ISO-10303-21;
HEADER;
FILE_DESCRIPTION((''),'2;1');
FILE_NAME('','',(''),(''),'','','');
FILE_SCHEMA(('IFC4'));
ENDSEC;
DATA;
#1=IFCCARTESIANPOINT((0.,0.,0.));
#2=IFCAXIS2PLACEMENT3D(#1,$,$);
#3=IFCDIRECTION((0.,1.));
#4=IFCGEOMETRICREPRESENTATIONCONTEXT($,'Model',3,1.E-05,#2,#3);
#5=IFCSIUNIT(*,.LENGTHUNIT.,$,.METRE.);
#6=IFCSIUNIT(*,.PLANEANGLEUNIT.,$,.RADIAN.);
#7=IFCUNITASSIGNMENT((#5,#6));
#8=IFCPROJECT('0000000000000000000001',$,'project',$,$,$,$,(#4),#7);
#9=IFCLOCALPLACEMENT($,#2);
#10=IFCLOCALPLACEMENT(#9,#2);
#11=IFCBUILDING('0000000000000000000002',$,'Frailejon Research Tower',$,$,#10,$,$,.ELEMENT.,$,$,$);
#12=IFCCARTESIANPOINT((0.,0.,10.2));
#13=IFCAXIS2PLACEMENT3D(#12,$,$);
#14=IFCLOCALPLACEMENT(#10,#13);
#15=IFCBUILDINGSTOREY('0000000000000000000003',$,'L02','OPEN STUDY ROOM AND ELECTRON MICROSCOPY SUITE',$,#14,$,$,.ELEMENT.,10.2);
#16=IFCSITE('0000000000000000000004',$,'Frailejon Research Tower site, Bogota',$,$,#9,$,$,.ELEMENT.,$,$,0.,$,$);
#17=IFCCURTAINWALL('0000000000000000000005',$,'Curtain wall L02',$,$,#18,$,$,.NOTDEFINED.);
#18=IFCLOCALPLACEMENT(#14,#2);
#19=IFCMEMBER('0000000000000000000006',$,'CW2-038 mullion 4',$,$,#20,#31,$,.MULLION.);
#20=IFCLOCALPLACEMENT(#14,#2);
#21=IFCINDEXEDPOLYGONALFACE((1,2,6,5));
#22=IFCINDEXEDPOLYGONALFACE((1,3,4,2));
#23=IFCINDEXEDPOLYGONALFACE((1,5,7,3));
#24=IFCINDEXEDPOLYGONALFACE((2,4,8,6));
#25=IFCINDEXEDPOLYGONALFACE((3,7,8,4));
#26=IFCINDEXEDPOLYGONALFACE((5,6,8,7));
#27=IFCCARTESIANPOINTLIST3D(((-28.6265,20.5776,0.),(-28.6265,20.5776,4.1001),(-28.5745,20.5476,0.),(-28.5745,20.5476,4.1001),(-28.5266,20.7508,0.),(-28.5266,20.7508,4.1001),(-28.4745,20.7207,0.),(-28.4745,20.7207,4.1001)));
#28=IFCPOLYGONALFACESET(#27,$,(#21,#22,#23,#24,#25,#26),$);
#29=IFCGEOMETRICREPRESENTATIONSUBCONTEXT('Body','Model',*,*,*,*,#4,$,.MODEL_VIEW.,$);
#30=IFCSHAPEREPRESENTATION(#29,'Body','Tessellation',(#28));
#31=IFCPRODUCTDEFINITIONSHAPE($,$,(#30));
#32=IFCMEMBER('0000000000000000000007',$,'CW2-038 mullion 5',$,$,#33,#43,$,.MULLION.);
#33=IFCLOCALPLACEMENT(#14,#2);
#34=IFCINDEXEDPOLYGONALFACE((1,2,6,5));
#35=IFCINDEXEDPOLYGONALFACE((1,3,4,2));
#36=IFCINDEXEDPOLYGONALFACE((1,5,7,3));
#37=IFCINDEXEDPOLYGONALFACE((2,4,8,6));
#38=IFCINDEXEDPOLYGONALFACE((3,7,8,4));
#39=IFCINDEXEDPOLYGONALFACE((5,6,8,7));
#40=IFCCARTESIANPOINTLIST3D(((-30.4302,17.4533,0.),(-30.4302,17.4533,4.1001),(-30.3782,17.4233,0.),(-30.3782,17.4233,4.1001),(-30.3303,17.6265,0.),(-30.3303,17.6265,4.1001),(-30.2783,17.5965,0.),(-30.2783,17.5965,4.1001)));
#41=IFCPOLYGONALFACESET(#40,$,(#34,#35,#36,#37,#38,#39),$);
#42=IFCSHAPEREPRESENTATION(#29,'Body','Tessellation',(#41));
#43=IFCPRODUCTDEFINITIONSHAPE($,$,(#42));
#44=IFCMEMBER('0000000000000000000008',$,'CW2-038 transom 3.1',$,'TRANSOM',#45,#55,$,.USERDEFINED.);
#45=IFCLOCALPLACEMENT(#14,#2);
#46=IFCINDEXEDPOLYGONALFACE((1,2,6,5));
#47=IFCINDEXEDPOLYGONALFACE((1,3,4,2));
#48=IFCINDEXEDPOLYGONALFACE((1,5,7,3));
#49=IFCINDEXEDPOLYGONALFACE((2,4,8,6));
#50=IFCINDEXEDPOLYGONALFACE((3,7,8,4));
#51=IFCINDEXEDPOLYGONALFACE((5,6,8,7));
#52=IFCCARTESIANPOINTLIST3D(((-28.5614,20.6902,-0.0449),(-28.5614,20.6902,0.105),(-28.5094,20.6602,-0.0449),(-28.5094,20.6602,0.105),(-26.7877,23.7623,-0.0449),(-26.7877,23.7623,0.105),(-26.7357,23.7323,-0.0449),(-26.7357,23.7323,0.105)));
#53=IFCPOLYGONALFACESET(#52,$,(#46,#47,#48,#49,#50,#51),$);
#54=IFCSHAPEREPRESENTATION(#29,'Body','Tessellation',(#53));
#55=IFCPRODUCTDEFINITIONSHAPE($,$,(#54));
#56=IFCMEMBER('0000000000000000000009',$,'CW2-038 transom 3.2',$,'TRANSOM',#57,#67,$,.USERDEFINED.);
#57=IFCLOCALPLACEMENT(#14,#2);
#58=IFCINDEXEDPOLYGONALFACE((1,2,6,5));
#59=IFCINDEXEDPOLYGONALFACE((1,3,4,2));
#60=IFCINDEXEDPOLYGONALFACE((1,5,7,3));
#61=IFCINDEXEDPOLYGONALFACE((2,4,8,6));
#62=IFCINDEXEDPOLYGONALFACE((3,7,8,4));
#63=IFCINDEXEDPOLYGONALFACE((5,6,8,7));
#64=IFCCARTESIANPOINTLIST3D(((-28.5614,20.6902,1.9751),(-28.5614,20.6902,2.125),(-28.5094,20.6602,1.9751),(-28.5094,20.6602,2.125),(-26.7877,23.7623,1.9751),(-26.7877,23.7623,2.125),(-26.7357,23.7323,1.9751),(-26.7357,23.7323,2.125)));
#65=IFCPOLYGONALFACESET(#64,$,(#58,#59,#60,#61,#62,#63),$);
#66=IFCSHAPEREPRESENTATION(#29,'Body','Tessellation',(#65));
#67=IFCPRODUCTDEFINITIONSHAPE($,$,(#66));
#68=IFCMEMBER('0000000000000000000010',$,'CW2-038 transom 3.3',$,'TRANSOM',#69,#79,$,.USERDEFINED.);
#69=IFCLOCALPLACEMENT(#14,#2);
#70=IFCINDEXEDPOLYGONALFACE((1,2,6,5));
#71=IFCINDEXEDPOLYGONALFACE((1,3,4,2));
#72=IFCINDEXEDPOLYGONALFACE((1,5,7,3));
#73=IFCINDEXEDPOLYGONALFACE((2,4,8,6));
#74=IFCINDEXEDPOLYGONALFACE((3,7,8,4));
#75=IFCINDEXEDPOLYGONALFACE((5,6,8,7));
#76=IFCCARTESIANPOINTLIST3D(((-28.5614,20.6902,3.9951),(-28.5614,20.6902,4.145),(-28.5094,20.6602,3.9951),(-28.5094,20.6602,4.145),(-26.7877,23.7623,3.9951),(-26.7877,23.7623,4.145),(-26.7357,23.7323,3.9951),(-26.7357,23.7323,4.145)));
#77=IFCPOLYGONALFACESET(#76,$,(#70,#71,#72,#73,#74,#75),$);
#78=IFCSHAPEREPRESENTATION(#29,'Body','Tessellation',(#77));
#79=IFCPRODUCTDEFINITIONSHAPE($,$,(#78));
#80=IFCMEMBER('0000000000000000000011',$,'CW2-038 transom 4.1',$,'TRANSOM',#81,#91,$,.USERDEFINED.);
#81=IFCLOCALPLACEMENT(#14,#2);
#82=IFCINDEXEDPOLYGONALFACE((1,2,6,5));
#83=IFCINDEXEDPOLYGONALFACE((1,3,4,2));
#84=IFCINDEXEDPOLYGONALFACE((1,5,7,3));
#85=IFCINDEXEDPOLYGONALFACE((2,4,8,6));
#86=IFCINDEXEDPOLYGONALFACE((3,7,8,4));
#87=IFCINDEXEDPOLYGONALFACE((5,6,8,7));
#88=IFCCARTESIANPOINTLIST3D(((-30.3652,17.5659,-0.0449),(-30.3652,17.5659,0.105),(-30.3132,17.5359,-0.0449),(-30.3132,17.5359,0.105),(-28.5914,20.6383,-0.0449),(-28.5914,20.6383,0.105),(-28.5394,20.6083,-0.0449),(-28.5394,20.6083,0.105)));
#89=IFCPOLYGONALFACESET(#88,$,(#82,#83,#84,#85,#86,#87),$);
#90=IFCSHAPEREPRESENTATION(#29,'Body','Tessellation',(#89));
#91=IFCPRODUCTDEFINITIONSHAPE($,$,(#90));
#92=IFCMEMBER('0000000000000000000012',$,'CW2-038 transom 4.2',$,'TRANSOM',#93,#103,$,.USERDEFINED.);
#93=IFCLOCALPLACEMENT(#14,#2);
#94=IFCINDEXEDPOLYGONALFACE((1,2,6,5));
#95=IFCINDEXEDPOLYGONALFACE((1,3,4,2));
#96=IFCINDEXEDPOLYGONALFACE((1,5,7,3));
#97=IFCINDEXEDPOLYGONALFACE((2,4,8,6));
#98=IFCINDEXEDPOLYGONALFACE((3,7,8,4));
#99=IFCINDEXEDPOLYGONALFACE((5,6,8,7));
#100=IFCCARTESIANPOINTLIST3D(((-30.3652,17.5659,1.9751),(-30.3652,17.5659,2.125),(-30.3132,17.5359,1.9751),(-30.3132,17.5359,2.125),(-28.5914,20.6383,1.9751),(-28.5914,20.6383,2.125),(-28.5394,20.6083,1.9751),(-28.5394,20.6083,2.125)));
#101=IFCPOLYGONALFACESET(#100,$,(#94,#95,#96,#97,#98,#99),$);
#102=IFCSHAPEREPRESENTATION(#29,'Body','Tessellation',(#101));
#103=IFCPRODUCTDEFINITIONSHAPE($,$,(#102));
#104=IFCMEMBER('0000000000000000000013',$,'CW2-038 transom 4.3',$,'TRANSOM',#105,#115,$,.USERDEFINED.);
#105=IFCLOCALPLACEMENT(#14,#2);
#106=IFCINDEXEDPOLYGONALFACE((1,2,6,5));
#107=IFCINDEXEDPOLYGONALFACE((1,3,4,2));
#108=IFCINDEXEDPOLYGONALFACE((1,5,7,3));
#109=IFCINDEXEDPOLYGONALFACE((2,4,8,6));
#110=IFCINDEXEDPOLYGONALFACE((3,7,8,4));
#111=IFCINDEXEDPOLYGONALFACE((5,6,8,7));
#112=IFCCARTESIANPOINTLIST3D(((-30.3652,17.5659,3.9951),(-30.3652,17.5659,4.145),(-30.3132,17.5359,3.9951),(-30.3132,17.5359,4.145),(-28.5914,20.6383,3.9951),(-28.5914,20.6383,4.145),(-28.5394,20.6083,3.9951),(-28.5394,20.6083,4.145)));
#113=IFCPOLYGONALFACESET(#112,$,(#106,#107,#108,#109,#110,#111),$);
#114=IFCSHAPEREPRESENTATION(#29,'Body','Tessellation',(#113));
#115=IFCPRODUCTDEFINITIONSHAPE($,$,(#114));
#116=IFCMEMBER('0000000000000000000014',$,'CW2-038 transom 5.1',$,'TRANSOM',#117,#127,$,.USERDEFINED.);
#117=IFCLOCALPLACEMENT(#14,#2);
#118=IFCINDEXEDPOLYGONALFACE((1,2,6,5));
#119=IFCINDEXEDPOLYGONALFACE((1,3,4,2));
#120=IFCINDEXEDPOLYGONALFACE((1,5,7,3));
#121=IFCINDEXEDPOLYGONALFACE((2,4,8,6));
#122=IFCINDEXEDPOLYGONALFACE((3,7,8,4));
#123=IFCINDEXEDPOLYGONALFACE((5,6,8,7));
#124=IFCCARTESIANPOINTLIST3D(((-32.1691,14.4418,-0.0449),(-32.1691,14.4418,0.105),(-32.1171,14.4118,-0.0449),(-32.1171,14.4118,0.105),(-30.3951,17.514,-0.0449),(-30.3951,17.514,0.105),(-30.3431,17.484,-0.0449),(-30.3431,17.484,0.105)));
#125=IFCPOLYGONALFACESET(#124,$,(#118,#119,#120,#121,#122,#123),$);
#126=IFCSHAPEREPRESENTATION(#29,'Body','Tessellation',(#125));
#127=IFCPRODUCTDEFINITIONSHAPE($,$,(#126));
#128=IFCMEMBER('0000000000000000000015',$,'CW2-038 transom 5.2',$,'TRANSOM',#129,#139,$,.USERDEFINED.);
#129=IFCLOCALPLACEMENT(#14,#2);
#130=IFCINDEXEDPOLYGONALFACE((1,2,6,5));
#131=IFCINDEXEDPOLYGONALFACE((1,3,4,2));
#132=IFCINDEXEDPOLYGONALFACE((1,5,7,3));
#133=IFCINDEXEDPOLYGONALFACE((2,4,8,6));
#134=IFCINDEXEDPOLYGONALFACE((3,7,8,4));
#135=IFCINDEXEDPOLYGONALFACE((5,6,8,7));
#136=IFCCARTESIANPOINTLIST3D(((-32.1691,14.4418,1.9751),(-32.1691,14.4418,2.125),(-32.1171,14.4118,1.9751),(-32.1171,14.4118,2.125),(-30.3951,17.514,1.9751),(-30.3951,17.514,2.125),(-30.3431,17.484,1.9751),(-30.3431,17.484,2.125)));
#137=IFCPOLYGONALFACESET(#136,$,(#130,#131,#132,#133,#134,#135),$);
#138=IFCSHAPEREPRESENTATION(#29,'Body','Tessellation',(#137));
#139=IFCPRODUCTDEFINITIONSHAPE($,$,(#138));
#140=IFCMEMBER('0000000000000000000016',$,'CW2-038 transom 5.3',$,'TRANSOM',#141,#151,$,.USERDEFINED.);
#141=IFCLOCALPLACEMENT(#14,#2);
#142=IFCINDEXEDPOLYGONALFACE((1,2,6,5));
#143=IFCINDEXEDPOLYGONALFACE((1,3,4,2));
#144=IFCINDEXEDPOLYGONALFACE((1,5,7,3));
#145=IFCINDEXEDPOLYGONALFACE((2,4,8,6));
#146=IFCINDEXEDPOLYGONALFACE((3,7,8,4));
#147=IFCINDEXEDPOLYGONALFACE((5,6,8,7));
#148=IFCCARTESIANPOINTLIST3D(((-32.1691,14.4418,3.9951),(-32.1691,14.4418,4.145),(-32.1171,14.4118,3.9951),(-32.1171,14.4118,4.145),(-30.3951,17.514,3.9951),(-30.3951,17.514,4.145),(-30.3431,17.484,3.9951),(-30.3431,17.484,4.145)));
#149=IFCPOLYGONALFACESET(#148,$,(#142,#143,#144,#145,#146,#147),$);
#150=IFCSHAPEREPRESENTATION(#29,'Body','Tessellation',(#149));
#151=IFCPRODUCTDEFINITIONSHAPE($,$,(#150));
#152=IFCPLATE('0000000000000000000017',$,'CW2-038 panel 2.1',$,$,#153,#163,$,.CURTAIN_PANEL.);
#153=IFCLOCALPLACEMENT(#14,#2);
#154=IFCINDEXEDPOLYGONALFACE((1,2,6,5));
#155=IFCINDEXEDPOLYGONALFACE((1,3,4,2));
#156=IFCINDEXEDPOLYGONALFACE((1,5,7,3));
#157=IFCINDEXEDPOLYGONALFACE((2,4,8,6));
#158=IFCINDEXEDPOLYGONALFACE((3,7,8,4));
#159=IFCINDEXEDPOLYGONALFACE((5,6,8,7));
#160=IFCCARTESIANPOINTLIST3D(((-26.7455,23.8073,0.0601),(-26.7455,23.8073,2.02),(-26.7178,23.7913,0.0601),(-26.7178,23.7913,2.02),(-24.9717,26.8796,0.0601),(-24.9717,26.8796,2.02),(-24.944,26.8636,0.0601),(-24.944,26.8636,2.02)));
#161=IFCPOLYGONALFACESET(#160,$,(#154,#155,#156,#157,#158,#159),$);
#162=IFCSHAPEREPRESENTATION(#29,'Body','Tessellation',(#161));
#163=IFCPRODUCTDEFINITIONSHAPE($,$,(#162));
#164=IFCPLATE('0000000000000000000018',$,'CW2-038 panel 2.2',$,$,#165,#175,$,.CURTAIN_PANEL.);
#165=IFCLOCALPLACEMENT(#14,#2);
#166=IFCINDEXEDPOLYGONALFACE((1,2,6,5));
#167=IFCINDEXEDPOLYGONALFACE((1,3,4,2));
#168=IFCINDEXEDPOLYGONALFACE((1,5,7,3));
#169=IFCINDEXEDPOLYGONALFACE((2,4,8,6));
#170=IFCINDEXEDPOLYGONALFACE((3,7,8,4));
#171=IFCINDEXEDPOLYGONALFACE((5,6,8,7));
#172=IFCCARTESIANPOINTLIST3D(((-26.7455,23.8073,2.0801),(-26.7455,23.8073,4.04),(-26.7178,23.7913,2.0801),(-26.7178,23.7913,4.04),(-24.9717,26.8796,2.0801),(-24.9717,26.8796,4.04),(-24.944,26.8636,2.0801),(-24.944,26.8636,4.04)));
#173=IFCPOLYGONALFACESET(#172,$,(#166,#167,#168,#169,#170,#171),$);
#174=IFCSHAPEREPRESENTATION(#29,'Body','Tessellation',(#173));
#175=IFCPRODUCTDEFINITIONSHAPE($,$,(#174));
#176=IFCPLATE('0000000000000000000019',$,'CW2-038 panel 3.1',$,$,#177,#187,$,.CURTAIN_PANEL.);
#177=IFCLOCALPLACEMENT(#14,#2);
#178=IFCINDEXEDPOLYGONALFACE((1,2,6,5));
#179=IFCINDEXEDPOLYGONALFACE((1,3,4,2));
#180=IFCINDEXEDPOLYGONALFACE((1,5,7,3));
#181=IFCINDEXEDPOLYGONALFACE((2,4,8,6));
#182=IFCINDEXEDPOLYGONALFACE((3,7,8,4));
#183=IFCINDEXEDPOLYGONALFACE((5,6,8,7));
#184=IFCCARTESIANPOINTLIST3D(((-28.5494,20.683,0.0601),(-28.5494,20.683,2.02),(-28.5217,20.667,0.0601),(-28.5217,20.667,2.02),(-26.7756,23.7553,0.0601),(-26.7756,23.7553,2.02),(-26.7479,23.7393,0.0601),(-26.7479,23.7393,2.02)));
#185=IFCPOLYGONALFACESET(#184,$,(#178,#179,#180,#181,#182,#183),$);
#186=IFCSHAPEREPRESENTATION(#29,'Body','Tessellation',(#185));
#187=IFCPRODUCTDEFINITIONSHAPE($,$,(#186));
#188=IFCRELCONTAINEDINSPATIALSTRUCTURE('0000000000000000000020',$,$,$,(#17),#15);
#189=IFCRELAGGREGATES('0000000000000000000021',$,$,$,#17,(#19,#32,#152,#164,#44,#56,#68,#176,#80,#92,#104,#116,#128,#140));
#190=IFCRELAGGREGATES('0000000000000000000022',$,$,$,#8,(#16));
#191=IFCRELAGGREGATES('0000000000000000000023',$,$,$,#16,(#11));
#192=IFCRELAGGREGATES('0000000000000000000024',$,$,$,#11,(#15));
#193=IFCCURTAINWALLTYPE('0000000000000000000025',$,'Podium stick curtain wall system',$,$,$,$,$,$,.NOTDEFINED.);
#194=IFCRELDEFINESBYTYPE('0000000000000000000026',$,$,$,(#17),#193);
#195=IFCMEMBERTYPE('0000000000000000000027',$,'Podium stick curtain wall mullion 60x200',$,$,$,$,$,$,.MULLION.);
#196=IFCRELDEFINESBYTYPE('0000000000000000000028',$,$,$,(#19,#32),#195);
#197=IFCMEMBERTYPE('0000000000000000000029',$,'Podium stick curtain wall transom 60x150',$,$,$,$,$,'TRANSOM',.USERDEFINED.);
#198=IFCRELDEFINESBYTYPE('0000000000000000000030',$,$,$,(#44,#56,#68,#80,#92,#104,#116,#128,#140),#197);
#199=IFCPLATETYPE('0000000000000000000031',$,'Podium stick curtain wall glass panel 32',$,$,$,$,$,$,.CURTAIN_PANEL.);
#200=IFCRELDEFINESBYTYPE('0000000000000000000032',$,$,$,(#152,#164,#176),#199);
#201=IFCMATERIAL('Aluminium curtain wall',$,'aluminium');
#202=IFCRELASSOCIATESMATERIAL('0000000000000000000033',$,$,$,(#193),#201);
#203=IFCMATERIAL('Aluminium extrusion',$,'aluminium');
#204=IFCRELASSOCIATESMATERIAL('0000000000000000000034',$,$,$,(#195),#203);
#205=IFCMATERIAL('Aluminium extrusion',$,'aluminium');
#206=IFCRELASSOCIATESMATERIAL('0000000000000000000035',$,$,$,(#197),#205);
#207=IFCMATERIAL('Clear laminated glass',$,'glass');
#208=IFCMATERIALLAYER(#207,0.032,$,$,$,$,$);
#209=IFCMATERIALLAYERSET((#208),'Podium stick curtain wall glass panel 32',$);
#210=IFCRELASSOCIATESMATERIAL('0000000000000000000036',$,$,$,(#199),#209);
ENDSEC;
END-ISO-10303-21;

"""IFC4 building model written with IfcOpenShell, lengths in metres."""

from ifc_helpers import new_model, si_unit, direction, frame, origin, origin_2d, place, context, subcontext, project, spatial, rectangle, extrude, material, layer, layer_set, material_profile, profile_set, type_object, element, aggregate, save


model = new_model("IFC4")

# Units and contexts
model_context = context("Model", 3, precision=1e-05, world=origin(), true_north=direction((0.0, 1.0)))
body_context = subcontext(model_context, "Body", "Model", "MODEL_VIEW")
ifc_project = project(units=[si_unit("LENGTHUNIT", "METRE"), si_unit("PLANEANGLEUNIT", "RADIAN")], contexts=[model_context])

# Site, building, storey
site_placement = place(None, origin())
site = spatial("IfcSite", under=ifc_project, at=site_placement, Name="Frailejon Research Tower site, Bogota", CompositionType="ELEMENT", RefElevation=0.0)
building_placement = place(site_placement, origin())
building = spatial("IfcBuilding", under=site, at=building_placement, Name="Frailejon Research Tower", CompositionType="ELEMENT")
storey_placement = place(building_placement, frame((0.0, 0.0, 10.2)))
storey = spatial("IfcBuildingStorey", under=building, at=storey_placement, Name="L02", Description="OPEN STUDY ROOM AND ELECTRON MICROSCOPY SUITE", CompositionType="ELEMENT", Elevation=10.2)

# Curtain wall, members, plates
ifc_material_1 = material(Name="Aluminium curtain wall", Category="aluminium")
curtain_wall_type = type_object("IfcCurtainWallType", Name="Podium stick curtain wall system", PredefinedType="NOTDEFINED", material=ifc_material_1)
curtain_wall_placement = place(storey_placement, origin())
curtain_wall = element("IfcCurtainWall", 1, at=curtain_wall_placement, inside=storey, type_object=curtain_wall_type, Name="Curtain wall L02", PredefinedType="NOTDEFINED")
ifc_material_2 = material(Name="Aluminium extrusion", Category="aluminium")
ifc_material_profile_1 = material_profile(ifc_material_2, rectangle(XDim=0.0601, YDim=0.2, at=origin_2d()), Name="Podium stick curtain wall mullion 60x200")
ifc_profile_set_1 = profile_set([ifc_material_profile_1], Name="Aluminium extrusion")
member_type_1 = type_object("IfcMemberType", Name="Podium stick curtain wall mullion 60x200", PredefinedType="MULLION", material=ifc_profile_set_1)
member_1_placement = place(storey_placement, frame((-28.5505, 20.6492, 0.0), z_axis=(0.0, 0.0, 1.0), x_axis=(0.866026, -0.499998, 0.0)))
member_1 = element("IfcMember", 2, at=member_1_placement, type_object=member_type_1, Name="CW2-038 mullion 4", PredefinedType="MULLION", context=body_context, shape_type="SweptSolid", body=[
    extrude(rectangle(XDim=0.0601, YDim=0.2, at=origin_2d()), origin(), (0.0, 0.0, 1.0), 4.1001),
])
member_2_placement = place(storey_placement, frame((-30.3542, 17.5249, 0.0), z_axis=(0.0, 0.0, 1.0), x_axis=(0.866026, -0.499998, 0.0)))
member_2 = element("IfcMember", 3, at=member_2_placement, type_object=member_type_1, Name="CW2-038 mullion 5", PredefinedType="MULLION", context=body_context, shape_type="SweptSolid", body=[
    extrude(rectangle(XDim=0.0601, YDim=0.2, at=origin_2d()), origin(), (0.0, 0.0, 1.0), 4.1001),
])
ifc_material_3 = material(Name="Aluminium extrusion", Category="aluminium")
ifc_material_profile_2 = material_profile(ifc_material_3, rectangle(XDim=0.0601, YDim=0.1499, at=origin_2d()), Name="Podium stick curtain wall transom 60x150")
ifc_profile_set_2 = profile_set([ifc_material_profile_2], Name="Aluminium extrusion")
member_type_2 = type_object("IfcMemberType", Name="Podium stick curtain wall transom 60x150", ElementType="TRANSOM", PredefinedType="USERDEFINED", material=ifc_profile_set_2)
member_3_placement = place(storey_placement, frame((-26.7617, 23.7473, 0.03), z_axis=(-0.50001, -0.866019, 0.0), x_axis=(0.866019, -0.50001, 0.0)))
member_3 = element("IfcMember", 4, at=member_3_placement, type_object=member_type_2, Name="CW2-038 transom 3.1", ObjectType="TRANSOM", PredefinedType="USERDEFINED", context=body_context, shape_type="SweptSolid", body=[
    extrude(rectangle(XDim=0.0601, YDim=0.1499, at=origin_2d()), origin(), (0.0, 0.0, 1.0), 3.5474),
])
member_4_placement = place(storey_placement, frame((-26.7617, 23.7473, 2.05), z_axis=(-0.50001, -0.866019, 0.0), x_axis=(0.866019, -0.50001, 0.0)))
member_4 = element("IfcMember", 5, at=member_4_placement, type_object=member_type_2, Name="CW2-038 transom 3.2", ObjectType="TRANSOM", PredefinedType="USERDEFINED", context=body_context, shape_type="SweptSolid", body=[
    extrude(rectangle(XDim=0.0601, YDim=0.1499, at=origin_2d()), origin(), (0.0, 0.0, 1.0), 3.5474),
])
member_5_placement = place(storey_placement, frame((-26.7617, 23.7473, 4.0701), z_axis=(-0.50001, -0.866019, 0.0), x_axis=(0.866019, -0.50001, 0.0)))
member_5 = element("IfcMember", 6, at=member_5_placement, type_object=member_type_2, Name="CW2-038 transom 3.3", ObjectType="TRANSOM", PredefinedType="USERDEFINED", context=body_context, shape_type="SweptSolid", body=[
    extrude(rectangle(XDim=0.0601, YDim=0.1499, at=origin_2d()), origin(), (0.0, 0.0, 1.0), 3.5474),
])
member_6_placement = place(storey_placement, frame((-28.5654, 20.6233, 0.03), z_axis=(-0.499981, -0.866037, 0.0), x_axis=(0.866037, -0.499981, 0.0)))
member_6 = element("IfcMember", 7, at=member_6_placement, type_object=member_type_2, Name="CW2-038 transom 4.1", ObjectType="TRANSOM", PredefinedType="USERDEFINED", context=body_context, shape_type="SweptSolid", body=[
    extrude(rectangle(XDim=0.0601, YDim=0.1499, at=origin_2d()), origin(), (0.0, 0.0, 1.0), 3.5476),
])
member_7_placement = place(storey_placement, frame((-28.5654, 20.6233, 2.05), z_axis=(-0.499981, -0.866037, 0.0), x_axis=(0.866037, -0.499981, 0.0)))
member_7 = element("IfcMember", 8, at=member_7_placement, type_object=member_type_2, Name="CW2-038 transom 4.2", ObjectType="TRANSOM", PredefinedType="USERDEFINED", context=body_context, shape_type="SweptSolid", body=[
    extrude(rectangle(XDim=0.0601, YDim=0.1499, at=origin_2d()), origin(), (0.0, 0.0, 1.0), 3.5476),
])
member_8_placement = place(storey_placement, frame((-28.5654, 20.6233, 4.0701), z_axis=(-0.499981, -0.866037, 0.0), x_axis=(0.866037, -0.499981, 0.0)))
member_8 = element("IfcMember", 9, at=member_8_placement, type_object=member_type_2, Name="CW2-038 transom 4.3", ObjectType="TRANSOM", PredefinedType="USERDEFINED", context=body_context, shape_type="SweptSolid", body=[
    extrude(rectangle(XDim=0.0601, YDim=0.1499, at=origin_2d()), origin(), (0.0, 0.0, 1.0), 3.5476),
])
member_9_placement = place(storey_placement, frame((-30.3691, 17.499, 0.03), z_axis=(-0.500032, -0.866007, 0.0), x_axis=(0.866007, -0.500032, 0.0)))
member_9 = element("IfcMember", 10, at=member_9_placement, type_object=member_type_2, Name="CW2-038 transom 5.1", ObjectType="TRANSOM", PredefinedType="USERDEFINED", context=body_context, shape_type="SweptSolid", body=[
    extrude(rectangle(XDim=0.0601, YDim=0.1499, at=origin_2d()), origin(), (0.0, 0.0, 1.0), 3.5476),
])
member_10_placement = place(storey_placement, frame((-30.3691, 17.499, 2.05), z_axis=(-0.500032, -0.866007, 0.0), x_axis=(0.866007, -0.500032, 0.0)))
member_10 = element("IfcMember", 11, at=member_10_placement, type_object=member_type_2, Name="CW2-038 transom 5.2", ObjectType="TRANSOM", PredefinedType="USERDEFINED", context=body_context, shape_type="SweptSolid", body=[
    extrude(rectangle(XDim=0.0601, YDim=0.1499, at=origin_2d()), origin(), (0.0, 0.0, 1.0), 3.5476),
])
member_11_placement = place(storey_placement, frame((-30.3691, 17.499, 4.0701), z_axis=(-0.500032, -0.866007, 0.0), x_axis=(0.866007, -0.500032, 0.0)))
member_11 = element("IfcMember", 12, at=member_11_placement, type_object=member_type_2, Name="CW2-038 transom 5.3", ObjectType="TRANSOM", PredefinedType="USERDEFINED", context=body_context, shape_type="SweptSolid", body=[
    extrude(rectangle(XDim=0.0601, YDim=0.1499, at=origin_2d()), origin(), (0.0, 0.0, 1.0), 3.5476),
])
ifc_material_4 = material(Name="Clear laminated glass", Category="glass")
ifc_layer_1 = layer(ifc_material_4, 0.032)
ifc_layer_set_1 = layer_set([ifc_layer_1], Name="Podium stick curtain wall glass panel 32")
plate_type = type_object("IfcPlateType", Name="Podium stick curtain wall glass panel 32", PredefinedType="CURTAIN_PANEL", material=ifc_layer_set_1)
plate_1_placement = place(storey_placement, frame((-25.8447, 25.3354, 0.0601), z_axis=(0.0, 0.0, 1.0), x_axis=(-0.499998, -0.866026, 0.0)))
plate_1 = element("IfcPlate", 13, at=plate_1_placement, type_object=plate_type, Name="CW2-038 panel 2.1", PredefinedType="CURTAIN_PANEL", context=body_context, shape_type="SweptSolid", body=[
    extrude(rectangle(XDim=3.5476, YDim=0.032, at=origin_2d()), origin(), (0.0, 0.0, 1.0), 1.96),
])
plate_2_placement = place(storey_placement, frame((-25.8447, 25.3354, 2.0801), z_axis=(0.0, 0.0, 1.0), x_axis=(-0.499998, -0.866026, 0.0)))
plate_2 = element("IfcPlate", 14, at=plate_2_placement, type_object=plate_type, Name="CW2-038 panel 2.2", PredefinedType="CURTAIN_PANEL", context=body_context, shape_type="SweptSolid", body=[
    extrude(rectangle(XDim=3.5476, YDim=0.032, at=origin_2d()), origin(), (0.0, 0.0, 1.0), 1.96),
])
plate_3_placement = place(storey_placement, frame((-27.6487, 22.2112, 0.0601), z_axis=(0.0, 0.0, 1.0), x_axis=(-0.499998, -0.866026, 0.0)))
plate_3 = element("IfcPlate", 15, at=plate_3_placement, type_object=plate_type, Name="CW2-038 panel 3.1", PredefinedType="CURTAIN_PANEL", context=body_context, shape_type="SweptSolid", body=[
    extrude(rectangle(XDim=3.5476, YDim=0.032, at=origin_2d()), origin(), (0.0, 0.0, 1.0), 1.96),
])
aggregate(curtain_wall, [member_1, member_2, plate_1, plate_2, member_3, member_4, member_5, plate_3, member_6, member_7, member_8, member_9, member_10, member_11])

save(model, "model.ifc")
